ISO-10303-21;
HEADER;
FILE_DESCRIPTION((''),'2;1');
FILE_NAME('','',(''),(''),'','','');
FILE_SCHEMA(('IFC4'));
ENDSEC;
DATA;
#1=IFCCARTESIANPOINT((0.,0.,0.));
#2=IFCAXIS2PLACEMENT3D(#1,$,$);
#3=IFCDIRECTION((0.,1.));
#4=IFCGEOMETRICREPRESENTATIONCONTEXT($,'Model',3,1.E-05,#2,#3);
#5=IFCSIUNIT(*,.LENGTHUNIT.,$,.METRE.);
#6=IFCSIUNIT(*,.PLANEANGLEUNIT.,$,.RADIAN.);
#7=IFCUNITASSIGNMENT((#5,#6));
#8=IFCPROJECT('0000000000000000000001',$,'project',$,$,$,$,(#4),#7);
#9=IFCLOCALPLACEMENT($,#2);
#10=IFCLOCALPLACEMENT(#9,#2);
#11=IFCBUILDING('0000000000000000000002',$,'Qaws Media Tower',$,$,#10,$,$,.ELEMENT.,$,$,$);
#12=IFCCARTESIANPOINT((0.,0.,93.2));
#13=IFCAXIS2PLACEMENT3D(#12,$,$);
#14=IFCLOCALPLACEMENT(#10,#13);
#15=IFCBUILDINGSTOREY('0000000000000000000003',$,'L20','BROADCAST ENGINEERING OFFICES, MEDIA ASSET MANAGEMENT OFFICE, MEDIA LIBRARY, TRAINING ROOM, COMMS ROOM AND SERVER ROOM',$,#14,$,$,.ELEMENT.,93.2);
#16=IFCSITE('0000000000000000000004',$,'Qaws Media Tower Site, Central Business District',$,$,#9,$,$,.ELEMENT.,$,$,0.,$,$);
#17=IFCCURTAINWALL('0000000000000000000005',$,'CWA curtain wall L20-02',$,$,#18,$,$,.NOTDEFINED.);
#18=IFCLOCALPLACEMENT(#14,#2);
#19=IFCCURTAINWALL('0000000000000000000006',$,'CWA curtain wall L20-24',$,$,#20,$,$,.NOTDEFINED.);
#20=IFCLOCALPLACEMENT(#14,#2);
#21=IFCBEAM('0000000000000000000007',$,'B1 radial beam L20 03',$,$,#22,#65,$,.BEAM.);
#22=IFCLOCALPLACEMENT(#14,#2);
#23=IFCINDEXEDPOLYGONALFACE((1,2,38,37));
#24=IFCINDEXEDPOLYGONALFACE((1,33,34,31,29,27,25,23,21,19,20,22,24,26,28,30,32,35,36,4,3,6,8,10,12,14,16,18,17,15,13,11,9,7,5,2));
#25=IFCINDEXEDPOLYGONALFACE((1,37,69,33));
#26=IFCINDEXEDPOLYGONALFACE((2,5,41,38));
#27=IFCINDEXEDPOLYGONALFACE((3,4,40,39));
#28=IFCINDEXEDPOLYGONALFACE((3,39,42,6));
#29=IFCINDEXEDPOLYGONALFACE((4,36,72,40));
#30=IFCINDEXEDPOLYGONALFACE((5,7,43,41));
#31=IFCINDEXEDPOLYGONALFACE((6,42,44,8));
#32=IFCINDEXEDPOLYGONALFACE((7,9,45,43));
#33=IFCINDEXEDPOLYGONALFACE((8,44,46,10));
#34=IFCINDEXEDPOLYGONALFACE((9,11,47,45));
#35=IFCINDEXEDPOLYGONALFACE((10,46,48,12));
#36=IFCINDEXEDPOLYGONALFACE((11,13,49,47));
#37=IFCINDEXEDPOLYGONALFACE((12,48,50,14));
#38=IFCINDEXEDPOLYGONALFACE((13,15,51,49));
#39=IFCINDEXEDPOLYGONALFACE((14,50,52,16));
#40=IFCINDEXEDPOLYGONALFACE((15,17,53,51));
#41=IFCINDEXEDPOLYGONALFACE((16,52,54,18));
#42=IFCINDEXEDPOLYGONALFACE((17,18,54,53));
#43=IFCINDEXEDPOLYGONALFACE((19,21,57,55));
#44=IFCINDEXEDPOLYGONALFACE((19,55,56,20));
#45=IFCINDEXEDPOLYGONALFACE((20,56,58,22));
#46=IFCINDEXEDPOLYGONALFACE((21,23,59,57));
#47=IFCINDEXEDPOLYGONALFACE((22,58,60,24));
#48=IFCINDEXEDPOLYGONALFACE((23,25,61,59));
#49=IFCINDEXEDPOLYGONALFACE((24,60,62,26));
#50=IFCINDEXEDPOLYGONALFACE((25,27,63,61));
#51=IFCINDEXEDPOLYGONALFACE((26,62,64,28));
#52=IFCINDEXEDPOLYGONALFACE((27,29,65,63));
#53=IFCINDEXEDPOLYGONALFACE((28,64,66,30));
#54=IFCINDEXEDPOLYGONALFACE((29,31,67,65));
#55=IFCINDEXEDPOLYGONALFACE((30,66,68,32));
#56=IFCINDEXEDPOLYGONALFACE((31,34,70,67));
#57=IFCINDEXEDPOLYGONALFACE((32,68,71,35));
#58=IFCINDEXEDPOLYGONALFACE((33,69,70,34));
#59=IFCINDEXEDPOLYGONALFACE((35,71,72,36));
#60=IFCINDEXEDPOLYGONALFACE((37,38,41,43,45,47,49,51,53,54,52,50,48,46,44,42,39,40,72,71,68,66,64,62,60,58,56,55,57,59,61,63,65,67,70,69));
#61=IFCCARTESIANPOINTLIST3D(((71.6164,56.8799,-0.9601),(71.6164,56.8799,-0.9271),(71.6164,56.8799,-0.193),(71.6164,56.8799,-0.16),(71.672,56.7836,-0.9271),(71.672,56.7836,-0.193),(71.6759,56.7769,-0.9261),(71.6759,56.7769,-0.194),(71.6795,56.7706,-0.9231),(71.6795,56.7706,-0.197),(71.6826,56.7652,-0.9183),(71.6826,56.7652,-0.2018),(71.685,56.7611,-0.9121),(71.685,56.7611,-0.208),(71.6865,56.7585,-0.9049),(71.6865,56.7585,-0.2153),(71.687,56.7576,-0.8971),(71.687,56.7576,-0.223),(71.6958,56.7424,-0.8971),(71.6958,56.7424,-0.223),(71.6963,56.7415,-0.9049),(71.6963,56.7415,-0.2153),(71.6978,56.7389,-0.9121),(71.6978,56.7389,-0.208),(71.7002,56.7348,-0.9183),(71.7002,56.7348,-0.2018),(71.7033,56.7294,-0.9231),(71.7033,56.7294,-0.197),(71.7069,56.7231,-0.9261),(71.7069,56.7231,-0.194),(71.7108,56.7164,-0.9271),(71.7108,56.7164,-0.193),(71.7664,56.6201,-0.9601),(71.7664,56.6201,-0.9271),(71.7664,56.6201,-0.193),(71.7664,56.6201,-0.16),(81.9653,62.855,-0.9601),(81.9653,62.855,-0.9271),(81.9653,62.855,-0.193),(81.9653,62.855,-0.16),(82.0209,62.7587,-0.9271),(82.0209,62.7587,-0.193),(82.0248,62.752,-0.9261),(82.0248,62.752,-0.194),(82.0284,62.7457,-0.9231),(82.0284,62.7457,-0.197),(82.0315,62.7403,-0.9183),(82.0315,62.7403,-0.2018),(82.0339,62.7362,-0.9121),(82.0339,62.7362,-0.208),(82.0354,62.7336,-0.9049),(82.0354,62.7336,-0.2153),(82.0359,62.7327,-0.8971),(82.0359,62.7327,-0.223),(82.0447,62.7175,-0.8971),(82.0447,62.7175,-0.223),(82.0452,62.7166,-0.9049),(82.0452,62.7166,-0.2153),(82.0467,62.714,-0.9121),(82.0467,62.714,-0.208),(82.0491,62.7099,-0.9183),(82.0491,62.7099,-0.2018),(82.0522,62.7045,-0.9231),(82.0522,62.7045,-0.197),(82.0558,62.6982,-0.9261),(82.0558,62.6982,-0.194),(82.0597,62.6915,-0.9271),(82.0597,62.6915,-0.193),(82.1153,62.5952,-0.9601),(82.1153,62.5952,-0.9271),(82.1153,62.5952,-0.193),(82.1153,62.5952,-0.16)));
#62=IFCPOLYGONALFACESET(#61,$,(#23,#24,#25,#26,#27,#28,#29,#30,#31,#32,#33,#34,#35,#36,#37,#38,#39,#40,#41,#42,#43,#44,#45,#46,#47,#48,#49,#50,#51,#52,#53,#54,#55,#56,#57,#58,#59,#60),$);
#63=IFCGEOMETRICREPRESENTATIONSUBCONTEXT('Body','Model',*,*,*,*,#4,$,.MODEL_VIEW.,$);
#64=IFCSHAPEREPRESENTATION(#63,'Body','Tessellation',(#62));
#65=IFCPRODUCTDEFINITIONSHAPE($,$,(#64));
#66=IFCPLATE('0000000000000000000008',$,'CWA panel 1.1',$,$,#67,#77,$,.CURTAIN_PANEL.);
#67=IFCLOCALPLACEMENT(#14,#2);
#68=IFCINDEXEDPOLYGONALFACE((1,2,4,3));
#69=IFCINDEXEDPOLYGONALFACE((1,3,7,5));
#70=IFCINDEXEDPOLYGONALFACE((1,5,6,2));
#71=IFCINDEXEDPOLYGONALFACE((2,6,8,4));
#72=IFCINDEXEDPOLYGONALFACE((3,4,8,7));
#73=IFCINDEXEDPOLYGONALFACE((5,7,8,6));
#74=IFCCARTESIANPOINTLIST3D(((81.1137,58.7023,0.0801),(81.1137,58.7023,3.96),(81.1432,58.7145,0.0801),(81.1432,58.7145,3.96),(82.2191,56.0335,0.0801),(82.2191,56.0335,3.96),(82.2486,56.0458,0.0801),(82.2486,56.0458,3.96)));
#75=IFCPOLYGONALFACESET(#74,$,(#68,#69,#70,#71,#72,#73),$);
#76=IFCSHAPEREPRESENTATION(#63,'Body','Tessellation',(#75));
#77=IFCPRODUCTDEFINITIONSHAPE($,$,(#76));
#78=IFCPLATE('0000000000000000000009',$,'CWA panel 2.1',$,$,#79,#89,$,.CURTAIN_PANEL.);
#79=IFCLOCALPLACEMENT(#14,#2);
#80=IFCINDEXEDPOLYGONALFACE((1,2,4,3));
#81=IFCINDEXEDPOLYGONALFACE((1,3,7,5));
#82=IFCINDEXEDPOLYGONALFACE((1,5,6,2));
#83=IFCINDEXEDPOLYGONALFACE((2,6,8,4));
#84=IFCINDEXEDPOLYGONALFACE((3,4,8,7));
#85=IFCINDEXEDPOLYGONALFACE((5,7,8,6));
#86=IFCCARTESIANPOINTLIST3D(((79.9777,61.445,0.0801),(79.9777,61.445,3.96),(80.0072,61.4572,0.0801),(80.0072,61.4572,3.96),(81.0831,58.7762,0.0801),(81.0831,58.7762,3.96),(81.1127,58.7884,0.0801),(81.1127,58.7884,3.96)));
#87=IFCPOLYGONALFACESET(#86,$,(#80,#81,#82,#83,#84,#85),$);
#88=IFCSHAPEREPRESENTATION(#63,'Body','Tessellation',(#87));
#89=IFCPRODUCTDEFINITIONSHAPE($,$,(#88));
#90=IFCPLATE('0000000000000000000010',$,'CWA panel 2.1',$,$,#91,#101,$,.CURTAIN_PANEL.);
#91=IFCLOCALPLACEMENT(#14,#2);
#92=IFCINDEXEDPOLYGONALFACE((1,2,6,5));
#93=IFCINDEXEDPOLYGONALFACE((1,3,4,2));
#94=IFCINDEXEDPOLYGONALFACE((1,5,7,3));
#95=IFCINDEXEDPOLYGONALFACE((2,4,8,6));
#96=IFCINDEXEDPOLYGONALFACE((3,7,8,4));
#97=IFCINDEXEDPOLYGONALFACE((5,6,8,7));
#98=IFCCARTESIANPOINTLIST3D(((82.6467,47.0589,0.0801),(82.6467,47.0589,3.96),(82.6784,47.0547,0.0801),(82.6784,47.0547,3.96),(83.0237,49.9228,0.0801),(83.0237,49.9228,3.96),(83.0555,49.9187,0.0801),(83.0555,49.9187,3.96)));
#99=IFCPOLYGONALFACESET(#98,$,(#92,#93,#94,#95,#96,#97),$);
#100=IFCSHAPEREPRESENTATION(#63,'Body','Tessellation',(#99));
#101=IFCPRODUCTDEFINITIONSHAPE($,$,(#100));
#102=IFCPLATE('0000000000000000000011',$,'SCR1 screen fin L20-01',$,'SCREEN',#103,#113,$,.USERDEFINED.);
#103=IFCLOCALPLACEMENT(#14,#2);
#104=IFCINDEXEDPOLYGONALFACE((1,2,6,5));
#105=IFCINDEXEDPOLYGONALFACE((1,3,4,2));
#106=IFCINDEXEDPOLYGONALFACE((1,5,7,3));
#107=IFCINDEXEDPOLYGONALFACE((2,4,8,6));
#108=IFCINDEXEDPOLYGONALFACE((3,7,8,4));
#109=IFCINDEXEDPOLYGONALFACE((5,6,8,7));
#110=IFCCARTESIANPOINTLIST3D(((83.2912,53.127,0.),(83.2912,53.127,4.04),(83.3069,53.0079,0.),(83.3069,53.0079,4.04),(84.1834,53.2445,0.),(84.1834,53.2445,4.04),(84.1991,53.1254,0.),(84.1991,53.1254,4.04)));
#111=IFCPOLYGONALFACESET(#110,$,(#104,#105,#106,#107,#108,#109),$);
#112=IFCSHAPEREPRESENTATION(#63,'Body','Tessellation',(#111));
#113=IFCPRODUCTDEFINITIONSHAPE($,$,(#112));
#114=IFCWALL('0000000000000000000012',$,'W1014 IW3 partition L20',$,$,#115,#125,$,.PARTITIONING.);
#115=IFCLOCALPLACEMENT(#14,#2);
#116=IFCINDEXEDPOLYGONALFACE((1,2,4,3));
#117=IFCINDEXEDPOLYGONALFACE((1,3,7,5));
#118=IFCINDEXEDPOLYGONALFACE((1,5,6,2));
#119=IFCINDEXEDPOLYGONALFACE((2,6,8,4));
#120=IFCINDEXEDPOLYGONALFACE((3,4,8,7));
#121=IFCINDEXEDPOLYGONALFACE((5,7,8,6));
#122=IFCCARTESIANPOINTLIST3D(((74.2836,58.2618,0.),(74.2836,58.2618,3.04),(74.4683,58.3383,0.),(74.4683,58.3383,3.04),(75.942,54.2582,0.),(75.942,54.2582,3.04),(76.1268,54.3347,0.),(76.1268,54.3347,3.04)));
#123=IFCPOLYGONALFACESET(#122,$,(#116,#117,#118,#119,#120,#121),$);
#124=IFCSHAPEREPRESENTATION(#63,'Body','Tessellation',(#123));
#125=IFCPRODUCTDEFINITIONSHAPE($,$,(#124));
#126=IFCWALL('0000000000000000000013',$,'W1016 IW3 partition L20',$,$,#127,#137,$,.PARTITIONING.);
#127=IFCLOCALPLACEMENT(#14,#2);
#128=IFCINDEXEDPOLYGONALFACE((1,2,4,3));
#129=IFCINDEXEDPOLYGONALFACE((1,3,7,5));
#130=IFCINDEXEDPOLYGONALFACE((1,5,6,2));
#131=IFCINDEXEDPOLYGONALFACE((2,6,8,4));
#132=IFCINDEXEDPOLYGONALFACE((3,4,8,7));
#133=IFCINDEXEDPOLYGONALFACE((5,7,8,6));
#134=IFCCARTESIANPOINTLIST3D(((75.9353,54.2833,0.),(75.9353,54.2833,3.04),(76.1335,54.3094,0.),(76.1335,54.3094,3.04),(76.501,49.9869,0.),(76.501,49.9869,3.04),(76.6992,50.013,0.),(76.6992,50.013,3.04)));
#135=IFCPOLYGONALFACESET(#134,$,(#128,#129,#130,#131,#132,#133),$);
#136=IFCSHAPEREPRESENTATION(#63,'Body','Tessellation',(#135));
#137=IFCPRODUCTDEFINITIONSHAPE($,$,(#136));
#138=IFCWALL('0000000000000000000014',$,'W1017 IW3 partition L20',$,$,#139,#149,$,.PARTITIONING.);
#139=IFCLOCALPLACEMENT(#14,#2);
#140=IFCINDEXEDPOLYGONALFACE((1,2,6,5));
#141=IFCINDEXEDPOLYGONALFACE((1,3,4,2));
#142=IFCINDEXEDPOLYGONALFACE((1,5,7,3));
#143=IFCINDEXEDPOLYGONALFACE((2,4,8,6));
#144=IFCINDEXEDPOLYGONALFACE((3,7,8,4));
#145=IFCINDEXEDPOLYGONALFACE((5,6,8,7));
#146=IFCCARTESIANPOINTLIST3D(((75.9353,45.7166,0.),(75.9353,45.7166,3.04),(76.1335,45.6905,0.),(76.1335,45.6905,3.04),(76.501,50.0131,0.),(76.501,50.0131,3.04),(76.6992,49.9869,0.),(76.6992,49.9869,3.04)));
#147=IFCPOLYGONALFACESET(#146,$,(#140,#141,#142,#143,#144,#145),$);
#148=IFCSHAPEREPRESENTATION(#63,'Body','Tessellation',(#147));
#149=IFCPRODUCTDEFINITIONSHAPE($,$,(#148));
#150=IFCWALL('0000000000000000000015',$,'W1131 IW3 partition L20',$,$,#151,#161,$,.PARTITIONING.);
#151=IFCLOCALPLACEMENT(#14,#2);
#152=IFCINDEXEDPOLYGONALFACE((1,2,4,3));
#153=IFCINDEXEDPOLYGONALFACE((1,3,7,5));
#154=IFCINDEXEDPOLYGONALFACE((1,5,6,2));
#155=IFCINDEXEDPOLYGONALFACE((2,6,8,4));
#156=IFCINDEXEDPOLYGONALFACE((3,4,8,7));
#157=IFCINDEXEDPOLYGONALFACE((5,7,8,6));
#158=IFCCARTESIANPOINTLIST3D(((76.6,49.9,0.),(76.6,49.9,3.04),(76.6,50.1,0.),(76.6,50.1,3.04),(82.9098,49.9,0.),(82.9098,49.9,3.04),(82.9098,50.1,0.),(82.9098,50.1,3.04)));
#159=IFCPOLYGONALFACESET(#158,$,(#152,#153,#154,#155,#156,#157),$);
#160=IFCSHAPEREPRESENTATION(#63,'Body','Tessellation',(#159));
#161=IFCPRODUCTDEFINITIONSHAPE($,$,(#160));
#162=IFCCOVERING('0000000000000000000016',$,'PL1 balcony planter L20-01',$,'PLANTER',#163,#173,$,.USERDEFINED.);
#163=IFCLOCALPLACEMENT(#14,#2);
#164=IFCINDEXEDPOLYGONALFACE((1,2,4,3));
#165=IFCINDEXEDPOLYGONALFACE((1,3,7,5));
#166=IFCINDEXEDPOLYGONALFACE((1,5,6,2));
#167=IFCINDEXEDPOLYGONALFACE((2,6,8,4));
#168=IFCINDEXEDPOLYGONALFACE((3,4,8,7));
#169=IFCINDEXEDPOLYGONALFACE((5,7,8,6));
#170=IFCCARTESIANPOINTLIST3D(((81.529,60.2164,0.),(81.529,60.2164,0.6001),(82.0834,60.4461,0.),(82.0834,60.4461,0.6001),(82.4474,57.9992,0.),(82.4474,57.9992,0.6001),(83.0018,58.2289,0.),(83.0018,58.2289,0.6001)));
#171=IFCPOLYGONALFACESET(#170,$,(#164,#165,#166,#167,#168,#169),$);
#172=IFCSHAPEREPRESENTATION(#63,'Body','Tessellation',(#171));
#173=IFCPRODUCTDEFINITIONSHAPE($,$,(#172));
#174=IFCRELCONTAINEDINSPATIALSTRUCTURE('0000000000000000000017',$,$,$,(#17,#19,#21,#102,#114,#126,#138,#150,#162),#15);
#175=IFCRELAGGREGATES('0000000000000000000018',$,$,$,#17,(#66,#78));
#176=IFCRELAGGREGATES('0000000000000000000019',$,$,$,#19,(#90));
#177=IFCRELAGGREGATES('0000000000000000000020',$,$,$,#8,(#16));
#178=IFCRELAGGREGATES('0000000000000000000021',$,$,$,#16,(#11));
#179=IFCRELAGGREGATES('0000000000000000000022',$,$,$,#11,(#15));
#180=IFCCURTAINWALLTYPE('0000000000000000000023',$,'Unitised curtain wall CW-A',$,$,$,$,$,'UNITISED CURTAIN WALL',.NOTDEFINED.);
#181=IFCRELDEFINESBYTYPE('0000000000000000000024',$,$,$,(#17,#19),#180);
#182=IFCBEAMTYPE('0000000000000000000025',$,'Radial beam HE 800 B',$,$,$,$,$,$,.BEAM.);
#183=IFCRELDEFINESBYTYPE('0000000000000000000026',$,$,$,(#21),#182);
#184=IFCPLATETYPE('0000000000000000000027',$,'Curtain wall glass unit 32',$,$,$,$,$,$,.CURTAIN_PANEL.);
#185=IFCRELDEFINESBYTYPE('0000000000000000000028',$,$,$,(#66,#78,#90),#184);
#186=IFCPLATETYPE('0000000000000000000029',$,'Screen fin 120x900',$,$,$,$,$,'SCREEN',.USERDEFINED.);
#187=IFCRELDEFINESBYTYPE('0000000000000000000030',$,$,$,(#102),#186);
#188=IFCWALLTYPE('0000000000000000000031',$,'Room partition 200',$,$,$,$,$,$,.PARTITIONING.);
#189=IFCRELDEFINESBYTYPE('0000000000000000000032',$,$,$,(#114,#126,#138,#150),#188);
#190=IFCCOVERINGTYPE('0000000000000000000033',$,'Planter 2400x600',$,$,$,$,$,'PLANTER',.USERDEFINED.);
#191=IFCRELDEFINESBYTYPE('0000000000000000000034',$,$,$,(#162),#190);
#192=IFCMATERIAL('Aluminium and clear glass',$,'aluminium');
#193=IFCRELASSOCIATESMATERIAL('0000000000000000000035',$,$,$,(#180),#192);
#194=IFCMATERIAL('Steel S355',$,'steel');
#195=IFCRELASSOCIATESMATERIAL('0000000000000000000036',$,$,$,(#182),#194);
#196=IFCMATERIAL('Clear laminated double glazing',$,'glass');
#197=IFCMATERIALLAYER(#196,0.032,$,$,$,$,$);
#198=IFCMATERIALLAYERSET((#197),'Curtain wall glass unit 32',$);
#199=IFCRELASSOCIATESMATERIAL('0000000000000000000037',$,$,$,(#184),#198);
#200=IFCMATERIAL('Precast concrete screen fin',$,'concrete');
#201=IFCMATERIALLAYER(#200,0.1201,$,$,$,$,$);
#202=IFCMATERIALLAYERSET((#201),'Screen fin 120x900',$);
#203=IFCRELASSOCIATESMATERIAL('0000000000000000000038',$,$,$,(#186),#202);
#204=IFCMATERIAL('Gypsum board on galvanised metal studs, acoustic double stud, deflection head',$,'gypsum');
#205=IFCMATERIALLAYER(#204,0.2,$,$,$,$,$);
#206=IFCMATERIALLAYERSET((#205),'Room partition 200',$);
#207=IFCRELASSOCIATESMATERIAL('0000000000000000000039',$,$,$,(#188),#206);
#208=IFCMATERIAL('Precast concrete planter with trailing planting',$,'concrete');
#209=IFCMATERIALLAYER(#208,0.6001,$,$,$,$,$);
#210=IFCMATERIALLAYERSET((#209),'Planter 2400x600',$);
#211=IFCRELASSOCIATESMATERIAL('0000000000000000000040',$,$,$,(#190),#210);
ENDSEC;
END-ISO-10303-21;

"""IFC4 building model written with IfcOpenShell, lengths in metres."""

from ifc_helpers import new_model, si_unit, direction, frame, frame_2d, origin, origin_2d, place, context, subcontext, project, spatial, rectangle, i_section, extrude, material, layer, layer_set, material_profile, profile_set, type_object, element, aggregate, save


model = new_model("IFC4")

# Units and contexts
model_context = context("Model", 3, precision=1e-05, world=origin(), true_north=direction((0.0, 1.0)))
body_context = subcontext(model_context, "Body", "Model", "MODEL_VIEW")
ifc_project = project(units=[si_unit("LENGTHUNIT", "METRE"), si_unit("PLANEANGLEUNIT", "RADIAN")], contexts=[model_context])

# Site, building, storey
site_placement = place(None, origin())
site = spatial("IfcSite", under=ifc_project, at=site_placement, Name="Qaws Media Tower Site, Central Business District", CompositionType="ELEMENT", RefElevation=0.0)
building_placement = place(site_placement, origin())
building = spatial("IfcBuilding", under=site, at=building_placement, Name="Qaws Media Tower", CompositionType="ELEMENT")
storey_placement = place(building_placement, frame((0.0, 0.0, 93.2)))
storey = spatial("IfcBuildingStorey", under=building, at=storey_placement, Name="L20", Description="BROADCAST ENGINEERING OFFICES, MEDIA ASSET MANAGEMENT OFFICE, MEDIA LIBRARY, TRAINING ROOM, COMMS ROOM AND SERVER ROOM", CompositionType="ELEMENT", Elevation=93.2)

# Curtain wall
ifc_material_1 = material(Name="Aluminium and clear glass", Category="aluminium")
curtain_wall_type = type_object("IfcCurtainWallType", Name="Unitised curtain wall CW-A", ElementType="UNITISED CURTAIN WALL", PredefinedType="NOTDEFINED", material=ifc_material_1)
curtain_wall_1_placement = place(storey_placement, origin())
curtain_wall_1 = element("IfcCurtainWall", 1, at=curtain_wall_1_placement, inside=storey, type_object=curtain_wall_type, Name="CWA curtain wall L20-02", PredefinedType="NOTDEFINED")

# Curtain wall
curtain_wall_2_placement = place(storey_placement, origin())
curtain_wall_2 = element("IfcCurtainWall", 2, at=curtain_wall_2_placement, inside=storey, type_object=curtain_wall_type, Name="CWA curtain wall L20-24", PredefinedType="NOTDEFINED")

# Beam
ifc_material_2 = material(Name="Steel S355", Category="steel")
ifc_material_profile_1 = material_profile(ifc_material_2, i_section(OverallWidth=0.3, OverallDepth=0.8, WebThickness=0.0176, FlangeThickness=0.033, FilletRadius=0.03, at=origin_2d()), Name="HE 800 B")
ifc_profile_set_1 = profile_set([ifc_material_profile_1], Name="Steel S355")
beam_type_1 = type_object("IfcBeamType", Name="Radial beam HE 800 B", PredefinedType="BEAM", material=ifc_profile_set_1)
beam_1_placement = place(storey_placement, frame((71.6914, 56.75, -0.5601), z_axis=(0.866019, 0.500011, 0.0), x_axis=(-0.500011, 0.866019, 0.0)))
element("IfcBeam", 3, at=beam_1_placement, inside=storey, type_object=beam_type_1, Name="B1 radial beam L20 03", PredefinedType="BEAM", context=body_context, shape_type="SweptSolid", body=[
    extrude(i_section(OverallWidth=0.3, OverallDepth=0.8, WebThickness=0.0176, FlangeThickness=0.033, FilletRadius=0.03, at=origin_2d()), origin(), (0.0, 0.0, 1.0), 11.95),
])

# Plates
ifc_material_3 = material(Name="Clear laminated double glazing", Category="glass")
ifc_layer_1 = layer(ifc_material_3, 0.032)
ifc_layer_set_1 = layer_set([ifc_layer_1], Name="Curtain wall glass unit 32")
plate_type_1 = type_object("IfcPlateType", Name="Curtain wall glass unit 32", PredefinedType="CURTAIN_PANEL", material=ifc_layer_set_1)
plate_1_placement = place(storey_placement, frame((81.6812, 57.374, 0.0801), z_axis=(0.0, 0.0, 1.0), x_axis=(-0.382683, 0.92388, 0.0)))
plate_1 = element("IfcPlate", 4, at=plate_1_placement, type_object=plate_type_1, Name="CWA panel 1.1", PredefinedType="CURTAIN_PANEL", context=body_context, shape_type="SweptSolid", body=[
    extrude(rectangle(XDim=2.8887, YDim=0.032, at=origin_2d()), origin(), (0.0, 0.0, 1.0), 3.8799),
])
plate_2_placement = place(storey_placement, frame((80.5452, 60.1167, 0.0801), z_axis=(0.0, 0.0, 1.0), x_axis=(-0.382683, 0.92388, 0.0)))
plate_2 = element("IfcPlate", 5, at=plate_2_placement, type_object=plate_type_1, Name="CWA panel 2.1", PredefinedType="CURTAIN_PANEL", context=body_context, shape_type="SweptSolid", body=[
    extrude(rectangle(XDim=2.8887, YDim=0.032, at=origin_2d()), origin(), (0.0, 0.0, 1.0), 3.8799),
])
aggregate(curtain_wall_1, [plate_1, plate_2])
plate_3_placement = place(storey_placement, frame((82.8511, 48.4888, 0.0801), z_axis=(0.0, 0.0, 1.0), x_axis=(0.130526, 0.991445, 0.0)))
plate_3 = element("IfcPlate", 6, at=plate_3_placement, type_object=plate_type_1, Name="CWA panel 2.1", PredefinedType="CURTAIN_PANEL", context=body_context, shape_type="SweptSolid", body=[
    extrude(rectangle(XDim=2.8887, YDim=0.032, at=origin_2d()), origin(), (0.0, 0.0, 1.0), 3.8799),
])
aggregate(curtain_wall_2, [plate_3])
ifc_material_4 = material(Name="Precast concrete screen fin", Category="concrete")
ifc_layer_2 = layer(ifc_material_4, 0.1201)
ifc_layer_set_2 = layer_set([ifc_layer_2], Name="Screen fin 120x900")
plate_type_2 = type_object("IfcPlateType", Name="Screen fin 120x900", ElementType="SCREEN", PredefinedType="USERDEFINED", material=ifc_layer_set_2)
plate_4_placement = place(storey_placement, frame((83.7451, 53.1262, 0.0), z_axis=(0.0, 0.0, 1.0), x_axis=(0.991445, 0.130526, 0.0)))
element("IfcPlate", 7, at=plate_4_placement, inside=storey, type_object=plate_type_2, Name="SCR1 screen fin L20-01", ObjectType="SCREEN", PredefinedType="USERDEFINED", context=body_context, shape_type="SweptSolid", body=[
    extrude(rectangle(XDim=0.8999, YDim=0.1201, at=origin_2d()), origin(), (0.0, 0.0, 1.0), 4.04),
])

# Walls
ifc_material_5 = material(Name="Gypsum board on galvanised metal studs, acoustic double stud, deflection head", Category="gypsum")
ifc_layer_3 = layer(ifc_material_5, 0.2)
ifc_layer_set_3 = layer_set([ifc_layer_3], Name="Room partition 200")
wall_type_1 = type_object("IfcWallType", Name="Room partition 200", PredefinedType="PARTITIONING", material=ifc_layer_set_3)
for number, where, z_axis, x_axis, name in (
    (8, (74.376, 58.3, 0.0), (0.0, 0.0, 1.0), (0.382698, -0.923873, 0.0), "W1014 IW3 partition L20"),
    (9, (76.0344, 54.2964, 0.0), (0.0, 0.0, 1.0), (0.130536, -0.991444, 0.0), "W1016 IW3 partition L20"),
    (10, (76.6001, 50.0, 0.0), (0.0, 0.0, 1.0), (-0.130536, -0.991444, 0.0), "W1017 IW3 partition L20"),
):
    element("IfcWall", number, at=place(storey_placement, frame(where, z_axis=z_axis, x_axis=x_axis)), inside=storey, type_object=wall_type_1, Name=name, PredefinedType="PARTITIONING", context=body_context, shape_type="SweptSolid", body=[
        extrude(rectangle(XDim=4.3335, YDim=0.2, at=frame_2d((2.1667, 0.0))), origin(), (0.0, 0.0, 1.0), 3.04),
    ])
wall_1_placement = place(storey_placement, frame((76.6001, 50.0, 0.0), z_axis=(0.0, 0.0, 1.0), x_axis=(1.0, 0.0, 0.0)))
element("IfcWall", 11, at=wall_1_placement, inside=storey, type_object=wall_type_1, Name="W1131 IW3 partition L20", PredefinedType="PARTITIONING", context=body_context, shape_type="SweptSolid", body=[
    extrude(rectangle(XDim=6.3098, YDim=0.2, at=frame_2d((3.1548, 0.0))), origin(), (0.0, 0.0, 1.0), 3.04),
])

# Covering
ifc_material_6 = material(Name="Precast concrete planter with trailing planting", Category="concrete")
ifc_layer_4 = layer(ifc_material_6, 0.6001)
ifc_layer_set_4 = layer_set([ifc_layer_4], Name="Planter 2400x600")
covering_type = type_object("IfcCoveringType", Name="Planter 2400x600", ElementType="PLANTER", PredefinedType="USERDEFINED", material=ifc_layer_set_4)
covering_placement = place(storey_placement, frame((82.2654, 59.2227, 0.0), z_axis=(0.0, 0.0, 1.0), x_axis=(-0.382683, 0.92388, 0.0)))
element("IfcCovering", 12, at=covering_placement, inside=storey, type_object=covering_type, Name="PL1 balcony planter L20-01", ObjectType="PLANTER", PredefinedType="USERDEFINED", context=body_context, shape_type="SweptSolid", body=[
    extrude(rectangle(XDim=2.3999, YDim=0.6001, at=origin_2d()), origin(), (0.0, 0.0, 1.0), 0.6001),
])

save(model, "model.ifc")
